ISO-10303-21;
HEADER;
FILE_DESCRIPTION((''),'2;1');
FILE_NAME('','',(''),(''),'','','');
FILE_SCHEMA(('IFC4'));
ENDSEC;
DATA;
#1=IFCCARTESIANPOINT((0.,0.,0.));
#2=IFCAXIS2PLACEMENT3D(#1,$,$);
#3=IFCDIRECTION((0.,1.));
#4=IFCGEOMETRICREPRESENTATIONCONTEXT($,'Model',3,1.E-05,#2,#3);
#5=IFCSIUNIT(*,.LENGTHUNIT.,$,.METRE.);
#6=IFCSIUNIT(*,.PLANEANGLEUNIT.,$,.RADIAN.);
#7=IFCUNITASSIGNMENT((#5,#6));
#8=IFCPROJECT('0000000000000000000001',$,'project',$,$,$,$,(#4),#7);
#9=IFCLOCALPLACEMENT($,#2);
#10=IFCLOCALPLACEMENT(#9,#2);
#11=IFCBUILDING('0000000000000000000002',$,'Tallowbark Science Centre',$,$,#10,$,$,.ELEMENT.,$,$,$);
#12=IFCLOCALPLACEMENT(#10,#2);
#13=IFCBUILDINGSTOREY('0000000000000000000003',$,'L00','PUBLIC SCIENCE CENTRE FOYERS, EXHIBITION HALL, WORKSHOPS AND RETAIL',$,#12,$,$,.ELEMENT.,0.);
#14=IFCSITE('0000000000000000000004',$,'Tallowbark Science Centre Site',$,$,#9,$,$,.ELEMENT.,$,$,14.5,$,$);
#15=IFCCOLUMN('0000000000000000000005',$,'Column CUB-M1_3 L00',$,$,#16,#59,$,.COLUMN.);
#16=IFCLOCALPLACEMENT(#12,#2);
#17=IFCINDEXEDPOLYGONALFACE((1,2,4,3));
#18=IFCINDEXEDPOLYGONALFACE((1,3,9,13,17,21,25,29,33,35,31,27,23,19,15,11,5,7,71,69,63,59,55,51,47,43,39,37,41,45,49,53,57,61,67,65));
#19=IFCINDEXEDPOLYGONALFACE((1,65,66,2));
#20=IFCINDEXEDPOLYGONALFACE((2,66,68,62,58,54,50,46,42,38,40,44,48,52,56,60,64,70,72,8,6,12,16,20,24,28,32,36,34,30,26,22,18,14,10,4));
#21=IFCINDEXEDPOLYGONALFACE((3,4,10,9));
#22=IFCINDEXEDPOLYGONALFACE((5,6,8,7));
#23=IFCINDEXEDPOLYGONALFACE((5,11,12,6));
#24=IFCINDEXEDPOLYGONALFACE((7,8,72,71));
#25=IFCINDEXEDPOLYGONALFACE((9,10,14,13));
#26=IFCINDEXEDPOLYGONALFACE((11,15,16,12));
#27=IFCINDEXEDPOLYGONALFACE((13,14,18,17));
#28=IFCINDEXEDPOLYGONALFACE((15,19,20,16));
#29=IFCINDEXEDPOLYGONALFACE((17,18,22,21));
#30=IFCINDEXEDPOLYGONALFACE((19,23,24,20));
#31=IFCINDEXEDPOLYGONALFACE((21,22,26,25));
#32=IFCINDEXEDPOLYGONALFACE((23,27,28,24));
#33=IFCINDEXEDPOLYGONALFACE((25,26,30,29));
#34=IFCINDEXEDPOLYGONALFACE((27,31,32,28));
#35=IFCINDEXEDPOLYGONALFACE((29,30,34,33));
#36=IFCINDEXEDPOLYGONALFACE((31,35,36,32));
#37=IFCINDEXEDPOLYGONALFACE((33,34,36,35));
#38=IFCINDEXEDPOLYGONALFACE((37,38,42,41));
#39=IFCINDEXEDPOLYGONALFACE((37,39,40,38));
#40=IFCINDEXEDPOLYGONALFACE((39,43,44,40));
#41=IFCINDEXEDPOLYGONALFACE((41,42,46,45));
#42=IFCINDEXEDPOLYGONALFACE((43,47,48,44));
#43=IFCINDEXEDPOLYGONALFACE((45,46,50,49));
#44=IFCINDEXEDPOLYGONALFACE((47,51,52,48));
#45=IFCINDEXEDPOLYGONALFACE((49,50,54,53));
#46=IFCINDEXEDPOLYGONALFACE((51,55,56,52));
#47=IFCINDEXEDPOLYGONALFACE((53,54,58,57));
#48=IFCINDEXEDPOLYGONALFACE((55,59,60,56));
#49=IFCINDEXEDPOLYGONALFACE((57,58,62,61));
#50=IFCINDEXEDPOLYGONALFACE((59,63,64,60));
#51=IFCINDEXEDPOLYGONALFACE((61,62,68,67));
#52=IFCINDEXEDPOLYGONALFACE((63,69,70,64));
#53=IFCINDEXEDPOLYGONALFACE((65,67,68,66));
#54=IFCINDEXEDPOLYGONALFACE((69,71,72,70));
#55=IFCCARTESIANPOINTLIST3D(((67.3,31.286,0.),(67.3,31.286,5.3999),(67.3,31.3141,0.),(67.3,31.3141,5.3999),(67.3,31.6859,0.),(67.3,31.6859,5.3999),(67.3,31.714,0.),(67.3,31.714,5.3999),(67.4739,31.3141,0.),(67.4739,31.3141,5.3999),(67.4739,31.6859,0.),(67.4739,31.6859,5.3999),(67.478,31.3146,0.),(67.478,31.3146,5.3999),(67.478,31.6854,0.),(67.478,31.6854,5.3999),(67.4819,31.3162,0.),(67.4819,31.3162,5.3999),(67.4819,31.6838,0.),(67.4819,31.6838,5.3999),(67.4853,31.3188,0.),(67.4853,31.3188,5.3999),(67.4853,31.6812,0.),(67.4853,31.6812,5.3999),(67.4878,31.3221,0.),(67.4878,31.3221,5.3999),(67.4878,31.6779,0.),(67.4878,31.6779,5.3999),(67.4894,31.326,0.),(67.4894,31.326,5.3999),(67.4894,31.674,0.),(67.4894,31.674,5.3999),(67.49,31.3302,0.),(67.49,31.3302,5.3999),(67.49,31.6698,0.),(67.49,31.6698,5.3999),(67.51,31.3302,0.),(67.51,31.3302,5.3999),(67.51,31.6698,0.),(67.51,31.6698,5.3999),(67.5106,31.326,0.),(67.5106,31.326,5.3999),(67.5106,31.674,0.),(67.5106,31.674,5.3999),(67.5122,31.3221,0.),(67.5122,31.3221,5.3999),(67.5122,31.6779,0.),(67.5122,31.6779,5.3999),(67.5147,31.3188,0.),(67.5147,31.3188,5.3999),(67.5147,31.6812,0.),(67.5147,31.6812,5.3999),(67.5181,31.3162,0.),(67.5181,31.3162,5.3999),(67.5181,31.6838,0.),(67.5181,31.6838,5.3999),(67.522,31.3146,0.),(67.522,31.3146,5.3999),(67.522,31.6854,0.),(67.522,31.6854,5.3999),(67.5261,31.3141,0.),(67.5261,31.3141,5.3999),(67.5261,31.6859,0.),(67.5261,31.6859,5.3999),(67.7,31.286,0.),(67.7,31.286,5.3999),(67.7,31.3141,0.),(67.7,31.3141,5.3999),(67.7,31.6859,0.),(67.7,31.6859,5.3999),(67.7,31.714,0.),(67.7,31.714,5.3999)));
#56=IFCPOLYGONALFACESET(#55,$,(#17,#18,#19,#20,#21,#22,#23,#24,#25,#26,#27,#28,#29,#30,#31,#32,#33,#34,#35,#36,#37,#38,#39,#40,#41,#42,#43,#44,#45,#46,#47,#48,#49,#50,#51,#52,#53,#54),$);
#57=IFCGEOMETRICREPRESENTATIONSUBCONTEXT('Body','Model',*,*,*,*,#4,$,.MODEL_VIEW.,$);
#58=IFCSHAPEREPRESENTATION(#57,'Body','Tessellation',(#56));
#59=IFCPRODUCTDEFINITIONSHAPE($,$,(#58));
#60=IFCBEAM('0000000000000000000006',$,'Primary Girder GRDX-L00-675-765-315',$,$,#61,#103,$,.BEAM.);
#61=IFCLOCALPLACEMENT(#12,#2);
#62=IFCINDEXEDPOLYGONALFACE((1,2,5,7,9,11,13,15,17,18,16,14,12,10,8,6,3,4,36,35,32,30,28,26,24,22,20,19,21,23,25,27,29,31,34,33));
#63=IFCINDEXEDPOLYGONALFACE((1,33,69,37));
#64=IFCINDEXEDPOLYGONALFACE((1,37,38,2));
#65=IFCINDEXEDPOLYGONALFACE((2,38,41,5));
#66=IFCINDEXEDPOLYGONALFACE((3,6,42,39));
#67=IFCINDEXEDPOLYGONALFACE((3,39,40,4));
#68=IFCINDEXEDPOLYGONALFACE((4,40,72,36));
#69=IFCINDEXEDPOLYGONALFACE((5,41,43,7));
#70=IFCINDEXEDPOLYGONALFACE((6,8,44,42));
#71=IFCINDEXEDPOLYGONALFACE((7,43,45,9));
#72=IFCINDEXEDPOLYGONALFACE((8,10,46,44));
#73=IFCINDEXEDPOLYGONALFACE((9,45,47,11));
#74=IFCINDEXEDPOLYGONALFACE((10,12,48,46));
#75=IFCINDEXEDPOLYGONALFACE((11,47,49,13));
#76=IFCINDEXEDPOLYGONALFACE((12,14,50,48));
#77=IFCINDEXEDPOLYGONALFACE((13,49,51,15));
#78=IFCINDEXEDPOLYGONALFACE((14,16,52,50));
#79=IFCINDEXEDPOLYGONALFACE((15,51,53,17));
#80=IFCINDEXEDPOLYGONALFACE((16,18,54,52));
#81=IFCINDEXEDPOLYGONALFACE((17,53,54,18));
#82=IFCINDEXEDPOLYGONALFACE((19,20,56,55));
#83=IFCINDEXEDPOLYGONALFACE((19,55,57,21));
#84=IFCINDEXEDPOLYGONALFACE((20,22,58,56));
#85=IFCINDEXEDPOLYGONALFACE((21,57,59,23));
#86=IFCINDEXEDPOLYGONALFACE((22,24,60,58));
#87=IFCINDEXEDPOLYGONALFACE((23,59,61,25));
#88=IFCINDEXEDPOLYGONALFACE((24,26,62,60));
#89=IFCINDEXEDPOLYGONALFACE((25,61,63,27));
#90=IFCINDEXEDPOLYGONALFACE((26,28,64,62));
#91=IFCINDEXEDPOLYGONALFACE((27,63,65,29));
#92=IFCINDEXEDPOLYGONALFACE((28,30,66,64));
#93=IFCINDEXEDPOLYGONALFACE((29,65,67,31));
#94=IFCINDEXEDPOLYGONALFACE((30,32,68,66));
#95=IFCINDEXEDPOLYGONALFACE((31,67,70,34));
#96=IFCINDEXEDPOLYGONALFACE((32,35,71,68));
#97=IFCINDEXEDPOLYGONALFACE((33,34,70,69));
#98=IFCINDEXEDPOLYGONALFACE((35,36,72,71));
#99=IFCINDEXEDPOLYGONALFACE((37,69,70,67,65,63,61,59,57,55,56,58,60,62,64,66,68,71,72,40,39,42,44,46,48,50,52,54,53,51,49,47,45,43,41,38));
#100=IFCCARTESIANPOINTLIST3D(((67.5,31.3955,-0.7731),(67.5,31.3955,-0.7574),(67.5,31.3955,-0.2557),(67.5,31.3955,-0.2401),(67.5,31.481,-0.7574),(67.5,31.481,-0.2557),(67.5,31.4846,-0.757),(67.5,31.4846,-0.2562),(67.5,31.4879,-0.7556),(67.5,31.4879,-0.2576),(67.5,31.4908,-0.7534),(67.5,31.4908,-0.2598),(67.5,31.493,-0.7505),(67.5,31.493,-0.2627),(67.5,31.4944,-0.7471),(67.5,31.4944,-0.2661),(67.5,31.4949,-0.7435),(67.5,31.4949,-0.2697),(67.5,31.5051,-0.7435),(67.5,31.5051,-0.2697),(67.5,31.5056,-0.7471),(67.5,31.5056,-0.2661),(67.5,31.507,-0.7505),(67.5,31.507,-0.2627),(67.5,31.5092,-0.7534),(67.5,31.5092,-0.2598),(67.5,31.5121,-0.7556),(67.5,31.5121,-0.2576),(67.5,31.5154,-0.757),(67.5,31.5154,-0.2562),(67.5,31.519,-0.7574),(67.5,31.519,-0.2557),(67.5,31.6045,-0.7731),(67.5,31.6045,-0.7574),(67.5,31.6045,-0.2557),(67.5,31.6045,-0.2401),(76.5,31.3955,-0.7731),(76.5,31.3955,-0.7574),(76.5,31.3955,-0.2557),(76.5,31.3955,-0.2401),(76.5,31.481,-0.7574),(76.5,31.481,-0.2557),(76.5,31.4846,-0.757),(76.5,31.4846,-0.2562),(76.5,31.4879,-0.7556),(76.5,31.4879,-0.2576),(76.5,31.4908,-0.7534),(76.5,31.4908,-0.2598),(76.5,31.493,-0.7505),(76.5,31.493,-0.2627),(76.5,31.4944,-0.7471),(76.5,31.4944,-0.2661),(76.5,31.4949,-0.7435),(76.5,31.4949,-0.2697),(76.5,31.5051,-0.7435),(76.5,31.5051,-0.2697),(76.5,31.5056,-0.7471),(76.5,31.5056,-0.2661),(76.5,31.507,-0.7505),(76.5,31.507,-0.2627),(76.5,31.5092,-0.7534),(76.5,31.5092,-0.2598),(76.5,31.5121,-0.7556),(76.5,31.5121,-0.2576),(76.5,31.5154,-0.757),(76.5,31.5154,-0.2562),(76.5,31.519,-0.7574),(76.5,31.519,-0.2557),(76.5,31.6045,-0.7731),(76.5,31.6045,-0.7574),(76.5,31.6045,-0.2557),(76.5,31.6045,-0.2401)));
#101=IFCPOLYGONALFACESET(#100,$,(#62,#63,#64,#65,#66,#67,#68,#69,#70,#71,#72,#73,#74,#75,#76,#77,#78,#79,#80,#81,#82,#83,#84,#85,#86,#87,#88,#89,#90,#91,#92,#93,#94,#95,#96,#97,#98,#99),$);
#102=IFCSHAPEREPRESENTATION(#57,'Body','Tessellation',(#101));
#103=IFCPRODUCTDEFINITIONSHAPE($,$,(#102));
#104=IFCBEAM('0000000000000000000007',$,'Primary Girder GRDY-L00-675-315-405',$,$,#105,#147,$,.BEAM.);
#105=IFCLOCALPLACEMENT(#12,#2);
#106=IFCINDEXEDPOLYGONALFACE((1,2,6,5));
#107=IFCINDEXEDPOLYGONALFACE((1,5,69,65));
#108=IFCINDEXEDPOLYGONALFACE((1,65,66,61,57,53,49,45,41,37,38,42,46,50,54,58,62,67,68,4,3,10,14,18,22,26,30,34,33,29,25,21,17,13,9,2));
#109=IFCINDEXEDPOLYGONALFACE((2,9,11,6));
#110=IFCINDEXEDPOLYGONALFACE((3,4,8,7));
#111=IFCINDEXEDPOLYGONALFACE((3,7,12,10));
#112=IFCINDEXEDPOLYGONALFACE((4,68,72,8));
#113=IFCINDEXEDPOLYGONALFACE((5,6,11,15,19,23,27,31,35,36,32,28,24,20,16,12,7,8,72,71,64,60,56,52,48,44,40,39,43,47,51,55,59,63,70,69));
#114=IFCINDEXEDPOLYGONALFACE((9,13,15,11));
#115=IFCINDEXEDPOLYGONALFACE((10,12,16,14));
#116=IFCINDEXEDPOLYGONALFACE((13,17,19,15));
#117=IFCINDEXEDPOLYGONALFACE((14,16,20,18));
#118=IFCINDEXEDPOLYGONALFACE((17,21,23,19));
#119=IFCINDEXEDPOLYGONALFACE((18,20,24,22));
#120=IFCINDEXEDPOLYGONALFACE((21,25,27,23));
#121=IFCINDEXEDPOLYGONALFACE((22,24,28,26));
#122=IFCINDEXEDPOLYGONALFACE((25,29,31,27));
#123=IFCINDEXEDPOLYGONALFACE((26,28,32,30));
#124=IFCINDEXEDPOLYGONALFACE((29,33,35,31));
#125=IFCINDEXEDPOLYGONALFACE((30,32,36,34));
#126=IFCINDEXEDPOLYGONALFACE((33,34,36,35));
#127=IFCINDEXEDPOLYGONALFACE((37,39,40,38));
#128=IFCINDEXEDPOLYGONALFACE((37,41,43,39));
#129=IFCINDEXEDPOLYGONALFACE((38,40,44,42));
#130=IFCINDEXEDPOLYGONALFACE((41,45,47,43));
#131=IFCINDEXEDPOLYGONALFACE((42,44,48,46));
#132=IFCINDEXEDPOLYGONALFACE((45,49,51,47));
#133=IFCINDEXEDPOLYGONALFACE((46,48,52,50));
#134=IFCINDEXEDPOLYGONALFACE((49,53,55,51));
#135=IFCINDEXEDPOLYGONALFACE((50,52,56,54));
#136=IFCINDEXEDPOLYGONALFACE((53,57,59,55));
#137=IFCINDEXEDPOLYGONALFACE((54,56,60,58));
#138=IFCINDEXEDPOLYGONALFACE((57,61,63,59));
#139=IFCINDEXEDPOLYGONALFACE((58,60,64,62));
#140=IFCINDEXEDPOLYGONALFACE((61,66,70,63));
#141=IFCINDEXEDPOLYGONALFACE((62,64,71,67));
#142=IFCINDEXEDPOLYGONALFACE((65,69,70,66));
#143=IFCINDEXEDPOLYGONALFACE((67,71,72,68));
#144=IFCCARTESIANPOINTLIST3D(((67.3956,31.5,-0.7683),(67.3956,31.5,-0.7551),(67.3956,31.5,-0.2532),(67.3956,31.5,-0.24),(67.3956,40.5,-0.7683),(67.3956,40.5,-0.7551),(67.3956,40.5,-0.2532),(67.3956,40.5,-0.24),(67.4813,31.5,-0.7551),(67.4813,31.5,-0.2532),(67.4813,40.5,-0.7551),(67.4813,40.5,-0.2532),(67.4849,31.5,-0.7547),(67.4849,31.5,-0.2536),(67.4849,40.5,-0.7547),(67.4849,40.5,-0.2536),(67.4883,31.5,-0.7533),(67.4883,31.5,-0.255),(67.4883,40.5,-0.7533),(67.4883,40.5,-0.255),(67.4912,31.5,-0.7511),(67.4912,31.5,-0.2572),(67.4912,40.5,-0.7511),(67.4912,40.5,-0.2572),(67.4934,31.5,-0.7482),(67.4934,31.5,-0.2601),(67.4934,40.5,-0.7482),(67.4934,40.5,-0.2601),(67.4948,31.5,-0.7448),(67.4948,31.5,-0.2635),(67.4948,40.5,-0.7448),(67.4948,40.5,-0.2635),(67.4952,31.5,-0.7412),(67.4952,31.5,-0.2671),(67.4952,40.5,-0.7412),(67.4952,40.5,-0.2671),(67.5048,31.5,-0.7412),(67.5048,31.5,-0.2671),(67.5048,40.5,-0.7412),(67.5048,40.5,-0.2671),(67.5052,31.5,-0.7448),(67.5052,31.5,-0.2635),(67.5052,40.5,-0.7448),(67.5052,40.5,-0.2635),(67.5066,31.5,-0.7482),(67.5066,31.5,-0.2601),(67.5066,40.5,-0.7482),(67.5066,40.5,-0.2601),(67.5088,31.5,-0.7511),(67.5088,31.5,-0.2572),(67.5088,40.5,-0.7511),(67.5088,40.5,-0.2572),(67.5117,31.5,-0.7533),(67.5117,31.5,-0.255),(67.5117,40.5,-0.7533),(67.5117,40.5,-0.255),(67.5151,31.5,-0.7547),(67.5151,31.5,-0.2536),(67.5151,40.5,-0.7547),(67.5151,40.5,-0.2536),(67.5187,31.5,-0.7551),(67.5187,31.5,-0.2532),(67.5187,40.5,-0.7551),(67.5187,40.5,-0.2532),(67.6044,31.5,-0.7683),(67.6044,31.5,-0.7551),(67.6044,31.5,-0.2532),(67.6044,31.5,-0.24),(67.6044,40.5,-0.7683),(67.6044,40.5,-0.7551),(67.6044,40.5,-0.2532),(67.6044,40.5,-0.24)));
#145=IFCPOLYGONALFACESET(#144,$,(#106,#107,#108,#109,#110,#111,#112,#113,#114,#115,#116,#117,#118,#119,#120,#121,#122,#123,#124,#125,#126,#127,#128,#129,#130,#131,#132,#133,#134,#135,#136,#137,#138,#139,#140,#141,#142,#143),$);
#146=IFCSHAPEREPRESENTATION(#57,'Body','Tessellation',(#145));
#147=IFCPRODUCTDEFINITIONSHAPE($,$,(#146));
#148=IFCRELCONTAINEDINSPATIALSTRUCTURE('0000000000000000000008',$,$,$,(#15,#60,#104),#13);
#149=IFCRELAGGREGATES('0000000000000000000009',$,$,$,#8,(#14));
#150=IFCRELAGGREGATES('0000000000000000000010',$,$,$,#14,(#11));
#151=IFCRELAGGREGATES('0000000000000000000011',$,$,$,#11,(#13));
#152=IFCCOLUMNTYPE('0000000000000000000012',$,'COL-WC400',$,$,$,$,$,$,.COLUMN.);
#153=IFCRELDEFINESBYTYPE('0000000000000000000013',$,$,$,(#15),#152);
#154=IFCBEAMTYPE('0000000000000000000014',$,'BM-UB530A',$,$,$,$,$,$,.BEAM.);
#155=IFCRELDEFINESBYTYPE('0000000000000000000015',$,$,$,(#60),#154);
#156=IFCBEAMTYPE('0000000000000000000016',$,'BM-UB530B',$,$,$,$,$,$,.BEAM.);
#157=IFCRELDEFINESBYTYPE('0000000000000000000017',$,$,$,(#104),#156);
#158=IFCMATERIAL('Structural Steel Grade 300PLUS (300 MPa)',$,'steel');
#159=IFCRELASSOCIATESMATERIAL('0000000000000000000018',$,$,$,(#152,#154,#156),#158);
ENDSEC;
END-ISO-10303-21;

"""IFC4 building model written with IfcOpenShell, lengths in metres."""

from ifc_helpers import new_model, si_unit, direction, frame, origin, origin_2d, place, context, subcontext, project, spatial, i_section, extrude, material, material_profile, profile_set, type_object, element, save


model = new_model("IFC4")

# Units and contexts
model_context = context("Model", 3, precision=1e-05, world=origin(), true_north=direction((0.0, 1.0)))
body_context = subcontext(model_context, "Body", "Model", "MODEL_VIEW")
ifc_project = project(units=[si_unit("LENGTHUNIT", "METRE"), si_unit("PLANEANGLEUNIT", "RADIAN")], contexts=[model_context])

# Site, building, storey
site_placement = place(None, origin())
site = spatial("IfcSite", under=ifc_project, at=site_placement, Name="Tallowbark Science Centre Site", CompositionType="ELEMENT", RefElevation=14.5)
building_placement = place(site_placement, origin())
building = spatial("IfcBuilding", under=site, at=building_placement, Name="Tallowbark Science Centre", CompositionType="ELEMENT")
storey_placement = place(building_placement, origin())
storey = spatial("IfcBuildingStorey", under=building, at=storey_placement, Name="L00", Description="PUBLIC SCIENCE CENTRE FOYERS, EXHIBITION HALL, WORKSHOPS AND RETAIL", CompositionType="ELEMENT", Elevation=0.0)

# Column
ifc_material_1 = material(Name="Structural Steel Grade 300PLUS (300 MPa)", Category="steel")
ifc_material_profile_1 = material_profile(ifc_material_1, i_section(OverallWidth=0.3999, OverallDepth=0.428, WebThickness=0.02, FlangeThickness=0.0281, FilletRadius=0.0161, at=origin_2d()), Name="400WC270")
ifc_profile_set_1 = profile_set([ifc_material_profile_1], Name="Structural Steel Grade 300PLUS (300 MPa)")
column_type = type_object("IfcColumnType", Name="COL-WC400", PredefinedType="COLUMN", material=ifc_profile_set_1)
column_placement = place(storey_placement, frame((67.5, 31.5, 0.0), z_axis=(0.0, 0.0, 1.0), x_axis=(1.0, 0.0, 0.0)))
element("IfcColumn", 1, at=column_placement, inside=storey, type_object=column_type, Name="Column CUB-M1_3 L00", PredefinedType="COLUMN", context=body_context, shape_type="SweptSolid", body=[
    extrude(i_section(OverallWidth=0.3999, OverallDepth=0.428, WebThickness=0.02, FlangeThickness=0.0281, FilletRadius=0.0161, at=origin_2d()), origin(), (0.0, 0.0, 1.0), 5.3999),
])

# Beams
ifc_material_profile_2 = material_profile(ifc_material_1, i_section(OverallWidth=0.209, OverallDepth=0.533, WebThickness=0.0103, FlangeThickness=0.0156, FilletRadius=0.0139, at=origin_2d()), Name="530UB92.4")
ifc_profile_set_2 = profile_set([ifc_material_profile_2], Name="Structural Steel Grade 300PLUS (300 MPa)")
beam_type_1 = type_object("IfcBeamType", Name="BM-UB530A", PredefinedType="BEAM", material=ifc_profile_set_2)
beam_1_placement = place(storey_placement, frame((67.5, 31.5, -0.5066), z_axis=(1.0, 0.0, 0.0), x_axis=(0.0, 1.0, 0.0)))
element("IfcBeam", 2, at=beam_1_placement, inside=storey, type_object=beam_type_1, Name="Primary Girder GRDX-L00-675-765-315", PredefinedType="BEAM", context=body_context, shape_type="SweptSolid", body=[
    extrude(i_section(OverallWidth=0.209, OverallDepth=0.533, WebThickness=0.0103, FlangeThickness=0.0156, FilletRadius=0.0139, at=origin_2d()), origin(), (0.0, 0.0, 1.0), 9.0),
])
ifc_material_profile_3 = material_profile(ifc_material_1, i_section(OverallWidth=0.2087, OverallDepth=0.5283, WebThickness=0.0095, FlangeThickness=0.0132, FilletRadius=0.0139, at=origin_2d()), Name="530UB82.0")
ifc_profile_set_3 = profile_set([ifc_material_profile_3], Name="Structural Steel Grade 300PLUS (300 MPa)")
beam_type_2 = type_object("IfcBeamType", Name="BM-UB530B", PredefinedType="BEAM", material=ifc_profile_set_3)
beam_2_placement = place(storey_placement, frame((67.5, 31.5, -0.5042), z_axis=(0.0, 1.0, 0.0), x_axis=(-1.0, 0.0, 0.0)))
element("IfcBeam", 3, at=beam_2_placement, inside=storey, type_object=beam_type_2, Name="Primary Girder GRDY-L00-675-315-405", PredefinedType="BEAM", context=body_context, shape_type="SweptSolid", body=[
    extrude(i_section(OverallWidth=0.2087, OverallDepth=0.5283, WebThickness=0.0095, FlangeThickness=0.0132, FilletRadius=0.0139, at=origin_2d()), origin(), (0.0, 0.0, 1.0), 9.0),
])

save(model, "model.ifc")
